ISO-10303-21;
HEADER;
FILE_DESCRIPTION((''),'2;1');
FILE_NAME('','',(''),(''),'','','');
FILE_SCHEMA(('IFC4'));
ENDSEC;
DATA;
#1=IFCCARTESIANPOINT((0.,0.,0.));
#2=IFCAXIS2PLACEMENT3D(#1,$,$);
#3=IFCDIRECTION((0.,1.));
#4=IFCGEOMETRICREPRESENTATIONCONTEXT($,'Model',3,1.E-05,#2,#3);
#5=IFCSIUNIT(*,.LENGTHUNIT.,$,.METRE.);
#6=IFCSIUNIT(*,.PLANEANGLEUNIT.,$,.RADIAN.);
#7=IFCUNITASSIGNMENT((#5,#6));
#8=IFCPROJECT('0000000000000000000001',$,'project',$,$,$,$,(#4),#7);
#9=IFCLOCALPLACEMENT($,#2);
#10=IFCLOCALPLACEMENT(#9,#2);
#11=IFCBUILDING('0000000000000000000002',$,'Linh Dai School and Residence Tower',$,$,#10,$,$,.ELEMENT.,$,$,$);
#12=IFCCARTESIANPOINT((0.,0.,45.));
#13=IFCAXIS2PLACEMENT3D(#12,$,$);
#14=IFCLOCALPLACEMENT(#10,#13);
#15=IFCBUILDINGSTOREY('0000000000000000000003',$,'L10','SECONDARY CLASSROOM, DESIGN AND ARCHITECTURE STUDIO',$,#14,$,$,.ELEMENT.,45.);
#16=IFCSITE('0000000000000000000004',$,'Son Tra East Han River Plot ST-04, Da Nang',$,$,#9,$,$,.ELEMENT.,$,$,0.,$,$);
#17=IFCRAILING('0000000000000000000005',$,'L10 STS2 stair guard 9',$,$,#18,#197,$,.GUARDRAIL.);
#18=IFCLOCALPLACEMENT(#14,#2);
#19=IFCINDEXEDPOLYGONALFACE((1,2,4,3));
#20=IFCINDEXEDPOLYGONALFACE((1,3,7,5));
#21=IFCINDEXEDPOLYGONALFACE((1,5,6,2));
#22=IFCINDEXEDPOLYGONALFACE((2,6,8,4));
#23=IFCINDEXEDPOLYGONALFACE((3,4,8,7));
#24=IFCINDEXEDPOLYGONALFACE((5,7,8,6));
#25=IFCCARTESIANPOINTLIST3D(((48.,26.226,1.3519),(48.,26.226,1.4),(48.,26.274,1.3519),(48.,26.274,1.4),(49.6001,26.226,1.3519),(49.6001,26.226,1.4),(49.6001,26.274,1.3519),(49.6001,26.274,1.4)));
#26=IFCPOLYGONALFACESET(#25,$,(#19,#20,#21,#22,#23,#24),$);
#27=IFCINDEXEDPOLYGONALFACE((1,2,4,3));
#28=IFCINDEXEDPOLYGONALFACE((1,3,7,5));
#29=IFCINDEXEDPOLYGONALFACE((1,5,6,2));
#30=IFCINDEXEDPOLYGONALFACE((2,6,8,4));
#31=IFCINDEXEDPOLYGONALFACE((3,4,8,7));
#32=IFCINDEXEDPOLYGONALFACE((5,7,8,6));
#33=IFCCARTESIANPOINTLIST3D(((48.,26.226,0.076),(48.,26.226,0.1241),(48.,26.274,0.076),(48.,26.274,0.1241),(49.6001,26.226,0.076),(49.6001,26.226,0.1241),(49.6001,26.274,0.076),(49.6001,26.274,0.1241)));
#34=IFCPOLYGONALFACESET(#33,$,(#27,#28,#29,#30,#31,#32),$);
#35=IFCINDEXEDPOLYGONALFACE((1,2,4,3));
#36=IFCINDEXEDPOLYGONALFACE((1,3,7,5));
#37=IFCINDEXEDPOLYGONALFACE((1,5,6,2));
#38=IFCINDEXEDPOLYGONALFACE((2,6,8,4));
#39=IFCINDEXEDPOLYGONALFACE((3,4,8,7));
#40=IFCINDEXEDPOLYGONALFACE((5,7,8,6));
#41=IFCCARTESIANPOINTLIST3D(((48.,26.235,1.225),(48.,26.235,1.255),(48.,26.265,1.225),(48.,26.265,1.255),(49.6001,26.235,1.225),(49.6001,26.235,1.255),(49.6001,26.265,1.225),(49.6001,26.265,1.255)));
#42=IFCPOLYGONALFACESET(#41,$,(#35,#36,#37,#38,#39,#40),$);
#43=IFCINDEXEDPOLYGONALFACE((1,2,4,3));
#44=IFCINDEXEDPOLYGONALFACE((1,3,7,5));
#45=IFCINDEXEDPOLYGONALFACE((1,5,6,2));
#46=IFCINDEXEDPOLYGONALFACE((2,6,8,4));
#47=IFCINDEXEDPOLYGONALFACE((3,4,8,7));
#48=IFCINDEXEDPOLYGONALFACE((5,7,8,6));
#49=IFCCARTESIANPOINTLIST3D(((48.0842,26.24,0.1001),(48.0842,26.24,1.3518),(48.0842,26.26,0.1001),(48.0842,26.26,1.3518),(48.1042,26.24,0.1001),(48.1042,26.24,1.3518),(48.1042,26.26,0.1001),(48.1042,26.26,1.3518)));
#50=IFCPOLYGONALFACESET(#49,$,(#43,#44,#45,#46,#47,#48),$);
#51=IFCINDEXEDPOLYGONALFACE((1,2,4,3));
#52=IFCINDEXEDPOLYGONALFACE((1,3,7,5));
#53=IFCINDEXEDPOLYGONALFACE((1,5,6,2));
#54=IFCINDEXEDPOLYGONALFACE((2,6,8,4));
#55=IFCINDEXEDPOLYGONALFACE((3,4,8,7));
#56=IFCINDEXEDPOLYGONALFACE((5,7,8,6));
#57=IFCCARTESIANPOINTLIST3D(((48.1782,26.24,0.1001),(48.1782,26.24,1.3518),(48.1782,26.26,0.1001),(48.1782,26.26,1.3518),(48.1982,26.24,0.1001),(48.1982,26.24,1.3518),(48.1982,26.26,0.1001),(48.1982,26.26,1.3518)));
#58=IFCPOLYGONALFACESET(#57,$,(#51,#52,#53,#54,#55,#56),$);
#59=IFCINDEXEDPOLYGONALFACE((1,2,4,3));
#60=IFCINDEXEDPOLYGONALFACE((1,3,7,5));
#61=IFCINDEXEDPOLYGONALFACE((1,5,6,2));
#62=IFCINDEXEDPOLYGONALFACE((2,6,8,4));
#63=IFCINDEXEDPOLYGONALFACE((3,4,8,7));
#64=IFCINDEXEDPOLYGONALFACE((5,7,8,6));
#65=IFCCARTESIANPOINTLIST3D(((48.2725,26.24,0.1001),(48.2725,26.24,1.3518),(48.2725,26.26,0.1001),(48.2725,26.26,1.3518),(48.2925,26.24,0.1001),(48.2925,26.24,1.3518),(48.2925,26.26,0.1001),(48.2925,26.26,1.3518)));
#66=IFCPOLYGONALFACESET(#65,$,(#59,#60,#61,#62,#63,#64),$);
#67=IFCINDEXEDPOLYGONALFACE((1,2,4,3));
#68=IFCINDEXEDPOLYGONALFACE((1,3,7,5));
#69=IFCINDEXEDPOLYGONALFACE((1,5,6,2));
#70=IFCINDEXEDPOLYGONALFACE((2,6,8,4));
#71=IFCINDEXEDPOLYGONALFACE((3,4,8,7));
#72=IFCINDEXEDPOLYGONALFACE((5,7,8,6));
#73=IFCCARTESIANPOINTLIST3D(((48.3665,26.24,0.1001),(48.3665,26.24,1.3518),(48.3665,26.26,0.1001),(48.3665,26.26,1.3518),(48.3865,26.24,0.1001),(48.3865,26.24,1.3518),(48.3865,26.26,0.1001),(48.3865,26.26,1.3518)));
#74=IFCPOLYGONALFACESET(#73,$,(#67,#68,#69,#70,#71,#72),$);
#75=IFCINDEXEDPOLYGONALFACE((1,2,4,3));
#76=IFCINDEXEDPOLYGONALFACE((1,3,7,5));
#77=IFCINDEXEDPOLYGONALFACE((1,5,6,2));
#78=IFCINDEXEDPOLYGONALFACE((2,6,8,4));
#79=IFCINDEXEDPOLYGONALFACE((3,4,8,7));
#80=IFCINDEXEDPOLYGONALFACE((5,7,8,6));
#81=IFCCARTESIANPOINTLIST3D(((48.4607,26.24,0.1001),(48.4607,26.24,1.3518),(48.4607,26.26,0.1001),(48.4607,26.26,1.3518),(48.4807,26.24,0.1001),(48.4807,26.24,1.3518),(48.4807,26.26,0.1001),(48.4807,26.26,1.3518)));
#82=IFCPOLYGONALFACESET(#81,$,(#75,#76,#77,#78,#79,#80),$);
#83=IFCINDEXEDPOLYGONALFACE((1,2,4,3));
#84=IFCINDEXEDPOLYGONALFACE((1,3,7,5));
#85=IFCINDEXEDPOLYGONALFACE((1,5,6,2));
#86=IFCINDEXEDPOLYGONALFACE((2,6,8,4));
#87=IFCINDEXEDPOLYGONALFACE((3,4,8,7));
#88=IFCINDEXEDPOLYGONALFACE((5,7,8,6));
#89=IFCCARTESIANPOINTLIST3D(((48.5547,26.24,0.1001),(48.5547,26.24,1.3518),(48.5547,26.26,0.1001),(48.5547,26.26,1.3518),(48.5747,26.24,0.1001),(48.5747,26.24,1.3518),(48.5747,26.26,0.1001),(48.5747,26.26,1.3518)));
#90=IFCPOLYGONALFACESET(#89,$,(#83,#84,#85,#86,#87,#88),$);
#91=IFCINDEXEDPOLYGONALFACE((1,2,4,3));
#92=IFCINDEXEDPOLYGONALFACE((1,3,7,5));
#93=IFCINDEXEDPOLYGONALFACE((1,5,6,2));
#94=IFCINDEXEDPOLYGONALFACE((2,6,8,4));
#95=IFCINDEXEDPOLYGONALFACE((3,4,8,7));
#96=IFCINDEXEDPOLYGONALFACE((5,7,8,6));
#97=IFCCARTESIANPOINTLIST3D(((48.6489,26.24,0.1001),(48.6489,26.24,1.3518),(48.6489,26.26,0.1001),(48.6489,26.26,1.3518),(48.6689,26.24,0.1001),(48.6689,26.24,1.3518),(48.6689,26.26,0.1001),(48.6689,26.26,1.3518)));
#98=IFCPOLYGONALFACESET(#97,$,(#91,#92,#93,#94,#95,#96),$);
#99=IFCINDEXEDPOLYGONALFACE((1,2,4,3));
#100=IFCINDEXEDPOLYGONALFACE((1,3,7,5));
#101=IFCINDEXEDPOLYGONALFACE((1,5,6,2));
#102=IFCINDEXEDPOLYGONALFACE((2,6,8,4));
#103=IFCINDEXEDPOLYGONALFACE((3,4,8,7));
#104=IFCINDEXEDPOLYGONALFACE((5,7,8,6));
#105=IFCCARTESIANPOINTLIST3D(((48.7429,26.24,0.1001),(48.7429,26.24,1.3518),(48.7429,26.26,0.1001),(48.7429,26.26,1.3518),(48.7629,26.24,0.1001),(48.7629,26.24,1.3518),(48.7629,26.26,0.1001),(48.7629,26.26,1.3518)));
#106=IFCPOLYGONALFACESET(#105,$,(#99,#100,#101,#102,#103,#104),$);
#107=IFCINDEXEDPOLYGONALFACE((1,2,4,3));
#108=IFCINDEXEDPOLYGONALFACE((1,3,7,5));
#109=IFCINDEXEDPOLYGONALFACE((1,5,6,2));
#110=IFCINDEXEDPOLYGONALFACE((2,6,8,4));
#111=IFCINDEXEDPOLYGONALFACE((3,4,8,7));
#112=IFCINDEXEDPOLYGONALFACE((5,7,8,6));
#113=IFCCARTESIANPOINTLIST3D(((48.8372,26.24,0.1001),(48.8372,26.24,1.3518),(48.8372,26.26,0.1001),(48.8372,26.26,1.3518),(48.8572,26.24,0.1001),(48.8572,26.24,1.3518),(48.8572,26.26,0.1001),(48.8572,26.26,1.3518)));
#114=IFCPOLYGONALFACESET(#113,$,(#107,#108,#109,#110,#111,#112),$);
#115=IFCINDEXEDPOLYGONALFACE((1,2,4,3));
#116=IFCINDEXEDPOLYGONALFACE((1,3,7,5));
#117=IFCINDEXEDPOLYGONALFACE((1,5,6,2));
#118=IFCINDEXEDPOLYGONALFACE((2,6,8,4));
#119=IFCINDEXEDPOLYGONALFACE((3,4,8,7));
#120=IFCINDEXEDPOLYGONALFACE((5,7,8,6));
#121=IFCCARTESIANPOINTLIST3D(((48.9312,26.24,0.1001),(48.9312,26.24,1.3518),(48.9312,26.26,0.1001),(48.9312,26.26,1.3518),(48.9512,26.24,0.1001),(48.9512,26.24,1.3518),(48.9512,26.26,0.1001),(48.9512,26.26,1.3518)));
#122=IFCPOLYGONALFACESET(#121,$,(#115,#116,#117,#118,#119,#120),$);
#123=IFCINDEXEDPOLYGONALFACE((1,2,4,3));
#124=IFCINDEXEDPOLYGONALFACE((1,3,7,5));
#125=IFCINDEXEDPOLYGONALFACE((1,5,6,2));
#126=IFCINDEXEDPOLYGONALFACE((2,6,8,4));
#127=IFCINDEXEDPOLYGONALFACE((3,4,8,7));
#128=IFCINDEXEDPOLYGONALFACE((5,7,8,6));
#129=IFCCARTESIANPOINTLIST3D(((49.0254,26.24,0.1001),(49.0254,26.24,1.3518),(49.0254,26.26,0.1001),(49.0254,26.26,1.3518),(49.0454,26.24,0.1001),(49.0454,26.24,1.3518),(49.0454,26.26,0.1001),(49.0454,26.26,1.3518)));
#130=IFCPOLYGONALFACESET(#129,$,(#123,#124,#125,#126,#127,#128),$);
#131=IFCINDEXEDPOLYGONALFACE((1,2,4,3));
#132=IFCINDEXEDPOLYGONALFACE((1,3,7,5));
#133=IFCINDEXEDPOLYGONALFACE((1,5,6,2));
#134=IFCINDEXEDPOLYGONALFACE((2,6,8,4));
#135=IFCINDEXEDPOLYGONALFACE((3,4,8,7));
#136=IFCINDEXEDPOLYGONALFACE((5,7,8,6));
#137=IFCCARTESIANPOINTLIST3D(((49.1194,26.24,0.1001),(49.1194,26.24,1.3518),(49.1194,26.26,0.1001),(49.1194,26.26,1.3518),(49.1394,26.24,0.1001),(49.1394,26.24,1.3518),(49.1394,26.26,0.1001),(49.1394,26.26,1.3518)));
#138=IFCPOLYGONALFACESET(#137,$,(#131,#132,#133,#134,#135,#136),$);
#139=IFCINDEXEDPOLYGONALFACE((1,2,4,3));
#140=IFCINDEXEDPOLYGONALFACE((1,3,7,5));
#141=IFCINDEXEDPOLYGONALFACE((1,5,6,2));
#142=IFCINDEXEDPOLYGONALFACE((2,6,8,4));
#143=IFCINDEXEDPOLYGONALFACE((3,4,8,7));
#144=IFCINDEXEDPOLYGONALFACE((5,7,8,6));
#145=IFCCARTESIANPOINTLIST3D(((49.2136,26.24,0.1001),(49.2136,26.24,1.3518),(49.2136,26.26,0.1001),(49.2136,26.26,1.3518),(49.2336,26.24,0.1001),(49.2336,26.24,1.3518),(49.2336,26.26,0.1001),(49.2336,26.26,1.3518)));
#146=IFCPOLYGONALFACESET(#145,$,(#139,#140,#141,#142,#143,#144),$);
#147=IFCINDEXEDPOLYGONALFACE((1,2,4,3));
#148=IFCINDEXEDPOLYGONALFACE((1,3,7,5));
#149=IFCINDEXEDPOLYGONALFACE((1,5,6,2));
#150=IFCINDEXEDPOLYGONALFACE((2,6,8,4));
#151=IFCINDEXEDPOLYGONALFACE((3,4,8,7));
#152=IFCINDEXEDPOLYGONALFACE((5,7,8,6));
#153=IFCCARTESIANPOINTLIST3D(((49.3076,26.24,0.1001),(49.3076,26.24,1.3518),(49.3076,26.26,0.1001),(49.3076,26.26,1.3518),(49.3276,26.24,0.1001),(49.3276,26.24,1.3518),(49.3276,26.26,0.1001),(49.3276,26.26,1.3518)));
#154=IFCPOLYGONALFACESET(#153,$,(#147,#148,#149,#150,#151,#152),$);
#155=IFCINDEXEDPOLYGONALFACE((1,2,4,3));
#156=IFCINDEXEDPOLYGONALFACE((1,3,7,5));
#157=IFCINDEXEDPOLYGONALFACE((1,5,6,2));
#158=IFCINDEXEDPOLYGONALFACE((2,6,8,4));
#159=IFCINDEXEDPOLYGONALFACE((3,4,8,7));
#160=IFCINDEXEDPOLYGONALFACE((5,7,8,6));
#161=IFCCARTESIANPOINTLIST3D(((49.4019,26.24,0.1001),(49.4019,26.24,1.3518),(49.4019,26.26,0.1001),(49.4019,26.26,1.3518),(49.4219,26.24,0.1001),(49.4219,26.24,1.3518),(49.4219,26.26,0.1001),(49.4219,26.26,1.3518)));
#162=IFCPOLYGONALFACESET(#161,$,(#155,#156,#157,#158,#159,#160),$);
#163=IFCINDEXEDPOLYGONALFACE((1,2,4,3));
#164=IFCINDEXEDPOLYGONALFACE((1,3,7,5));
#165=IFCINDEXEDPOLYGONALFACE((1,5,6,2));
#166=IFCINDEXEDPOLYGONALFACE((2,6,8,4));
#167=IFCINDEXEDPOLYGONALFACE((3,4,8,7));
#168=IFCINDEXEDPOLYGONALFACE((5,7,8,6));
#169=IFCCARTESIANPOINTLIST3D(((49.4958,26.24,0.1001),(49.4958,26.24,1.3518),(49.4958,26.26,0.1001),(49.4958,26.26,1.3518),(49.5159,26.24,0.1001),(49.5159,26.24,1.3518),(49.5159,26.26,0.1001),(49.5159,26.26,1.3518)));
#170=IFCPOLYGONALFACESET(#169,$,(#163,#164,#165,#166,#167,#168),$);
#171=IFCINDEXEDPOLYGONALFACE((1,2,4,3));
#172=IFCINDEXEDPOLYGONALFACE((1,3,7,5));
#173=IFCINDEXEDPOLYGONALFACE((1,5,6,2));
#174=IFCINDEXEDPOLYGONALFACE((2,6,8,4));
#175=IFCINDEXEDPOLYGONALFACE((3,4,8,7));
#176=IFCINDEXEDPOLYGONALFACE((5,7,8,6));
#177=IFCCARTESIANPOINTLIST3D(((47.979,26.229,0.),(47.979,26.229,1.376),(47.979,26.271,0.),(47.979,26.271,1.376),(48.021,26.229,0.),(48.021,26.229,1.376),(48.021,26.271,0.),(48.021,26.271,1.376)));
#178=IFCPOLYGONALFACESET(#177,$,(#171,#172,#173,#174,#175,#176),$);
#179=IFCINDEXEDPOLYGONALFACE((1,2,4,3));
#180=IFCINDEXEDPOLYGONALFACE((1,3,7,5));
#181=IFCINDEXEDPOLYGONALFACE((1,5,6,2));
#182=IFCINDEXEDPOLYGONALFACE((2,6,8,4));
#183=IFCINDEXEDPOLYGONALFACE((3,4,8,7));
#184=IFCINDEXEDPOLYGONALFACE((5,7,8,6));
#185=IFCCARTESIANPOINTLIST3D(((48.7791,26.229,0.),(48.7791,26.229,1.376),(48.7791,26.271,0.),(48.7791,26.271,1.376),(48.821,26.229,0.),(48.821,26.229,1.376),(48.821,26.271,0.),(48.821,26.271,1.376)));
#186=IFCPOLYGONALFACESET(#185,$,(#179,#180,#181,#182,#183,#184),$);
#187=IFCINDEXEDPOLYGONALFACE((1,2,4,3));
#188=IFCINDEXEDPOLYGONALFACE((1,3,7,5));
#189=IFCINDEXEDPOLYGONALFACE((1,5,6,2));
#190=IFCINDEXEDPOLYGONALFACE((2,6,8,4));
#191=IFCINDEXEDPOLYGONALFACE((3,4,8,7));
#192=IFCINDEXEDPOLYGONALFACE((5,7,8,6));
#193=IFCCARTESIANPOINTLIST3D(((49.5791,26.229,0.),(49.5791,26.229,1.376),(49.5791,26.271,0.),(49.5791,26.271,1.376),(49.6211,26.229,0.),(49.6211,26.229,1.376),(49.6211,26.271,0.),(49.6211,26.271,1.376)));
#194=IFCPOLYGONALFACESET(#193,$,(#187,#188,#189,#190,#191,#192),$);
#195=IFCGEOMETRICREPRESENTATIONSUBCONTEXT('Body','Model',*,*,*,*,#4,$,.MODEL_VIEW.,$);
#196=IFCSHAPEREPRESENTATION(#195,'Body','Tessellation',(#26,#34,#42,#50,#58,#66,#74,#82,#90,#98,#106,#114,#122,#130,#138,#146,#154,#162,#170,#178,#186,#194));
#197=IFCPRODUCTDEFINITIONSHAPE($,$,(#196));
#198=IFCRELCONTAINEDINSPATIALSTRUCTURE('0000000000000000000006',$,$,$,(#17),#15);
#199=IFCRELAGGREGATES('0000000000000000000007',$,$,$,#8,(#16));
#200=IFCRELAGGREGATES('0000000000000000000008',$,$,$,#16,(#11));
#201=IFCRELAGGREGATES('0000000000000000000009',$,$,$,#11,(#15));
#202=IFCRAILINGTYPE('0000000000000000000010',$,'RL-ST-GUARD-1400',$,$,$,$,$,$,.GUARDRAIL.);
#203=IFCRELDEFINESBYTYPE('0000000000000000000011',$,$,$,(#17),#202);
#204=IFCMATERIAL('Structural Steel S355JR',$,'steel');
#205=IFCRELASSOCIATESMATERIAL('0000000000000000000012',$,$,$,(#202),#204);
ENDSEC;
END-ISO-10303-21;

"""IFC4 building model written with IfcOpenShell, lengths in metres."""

from ifc_helpers import new_model, si_unit, direction, frame, origin, origin_2d, place, context, subcontext, project, spatial, rectangle, extrude, source, transform, mapped, material, type_object, element, save


model = new_model("IFC4")

# Units and contexts
model_context = context("Model", 3, precision=1e-05, world=origin(), true_north=direction((0.0, 1.0)))
body_context = subcontext(model_context, "Body", "Model", "MODEL_VIEW")
ifc_project = project(units=[si_unit("LENGTHUNIT", "METRE"), si_unit("PLANEANGLEUNIT", "RADIAN")], contexts=[model_context])

# Site, building, storey
site_placement = place(None, origin())
site = spatial("IfcSite", under=ifc_project, at=site_placement, Name="Son Tra East Han River Plot ST-04, Da Nang", CompositionType="ELEMENT", RefElevation=0.0)
building_placement = place(site_placement, origin())
building = spatial("IfcBuilding", under=site, at=building_placement, Name="Linh Dai School and Residence Tower", CompositionType="ELEMENT")
storey_placement = place(building_placement, frame((0.0, 0.0, 45.0)))
storey = spatial("IfcBuildingStorey", under=building, at=storey_placement, Name="L10", Description="SECONDARY CLASSROOM, DESIGN AND ARCHITECTURE STUDIO", CompositionType="ELEMENT", Elevation=45.0)

# Shared definitions
ifc_material_1 = material(Name="Structural Steel S355JR", Category="steel")

# Railing
railing_type_1 = type_object("IfcRailingType", Name="RL-ST-GUARD-1400", PredefinedType="GUARDRAIL", material=ifc_material_1)
shared_shape_1 = source(origin(), body_context, "Body", "SweptSolid", [
    extrude(rectangle(XDim=0.0481, YDim=0.0481, at=origin_2d()), frame((0.0, 0.0, 1.376), z_axis=(1.0, 0.0, 0.0), x_axis=(0.0, 1.0, 0.0)), (0.0, 0.0, 1.0), 1.6001),
    extrude(rectangle(XDim=0.0481, YDim=0.0481, at=origin_2d()), frame((0.0, 0.0, 0.1001), z_axis=(1.0, 0.0, 0.0), x_axis=(0.0, 1.0, 0.0)), (0.0, 0.0, 1.0), 1.6001),
    extrude(rectangle(XDim=0.03, YDim=0.03, at=origin_2d()), frame((0.0, 0.0, 1.24), z_axis=(1.0, 0.0, 0.0), x_axis=(0.0, 1.0, 0.0)), (0.0, 0.0, 1.0), 1.6001),
    extrude(rectangle(XDim=0.02, YDim=0.02, at=origin_2d()), frame((0.0942, 0.0, 0.1001)), (0.0, 0.0, 1.0), 1.2517),
    extrude(rectangle(XDim=0.02, YDim=0.02, at=origin_2d()), frame((0.1882, 0.0, 0.1001)), (0.0, 0.0, 1.0), 1.2517),
    extrude(rectangle(XDim=0.02, YDim=0.02, at=origin_2d()), frame((0.2825, 0.0, 0.1001)), (0.0, 0.0, 1.0), 1.2517),
    extrude(rectangle(XDim=0.02, YDim=0.02, at=origin_2d()), frame((0.3765, 0.0, 0.1001)), (0.0, 0.0, 1.0), 1.2517),
    extrude(rectangle(XDim=0.02, YDim=0.02, at=origin_2d()), frame((0.4707, 0.0, 0.1001)), (0.0, 0.0, 1.0), 1.2517),
    extrude(rectangle(XDim=0.02, YDim=0.02, at=origin_2d()), frame((0.5647, 0.0, 0.1001)), (0.0, 0.0, 1.0), 1.2517),
    extrude(rectangle(XDim=0.02, YDim=0.02, at=origin_2d()), frame((0.6589, 0.0, 0.1001)), (0.0, 0.0, 1.0), 1.2517),
    extrude(rectangle(XDim=0.02, YDim=0.02, at=origin_2d()), frame((0.7529, 0.0, 0.1001)), (0.0, 0.0, 1.0), 1.2517),
    extrude(rectangle(XDim=0.02, YDim=0.02, at=origin_2d()), frame((0.8472, 0.0, 0.1001)), (0.0, 0.0, 1.0), 1.2517),
    extrude(rectangle(XDim=0.02, YDim=0.02, at=origin_2d()), frame((0.9412, 0.0, 0.1001)), (0.0, 0.0, 1.0), 1.2517),
    extrude(rectangle(XDim=0.02, YDim=0.02, at=origin_2d()), frame((1.0354, 0.0, 0.1001)), (0.0, 0.0, 1.0), 1.2517),
    extrude(rectangle(XDim=0.02, YDim=0.02, at=origin_2d()), frame((1.1294, 0.0, 0.1001)), (0.0, 0.0, 1.0), 1.2517),
    extrude(rectangle(XDim=0.02, YDim=0.02, at=origin_2d()), frame((1.2236, 0.0, 0.1001)), (0.0, 0.0, 1.0), 1.2517),
    extrude(rectangle(XDim=0.02, YDim=0.02, at=origin_2d()), frame((1.3176, 0.0, 0.1001)), (0.0, 0.0, 1.0), 1.2517),
    extrude(rectangle(XDim=0.02, YDim=0.02, at=origin_2d()), frame((1.4119, 0.0, 0.1001)), (0.0, 0.0, 1.0), 1.2517),
    extrude(rectangle(XDim=0.02, YDim=0.02, at=origin_2d()), frame((1.5059, 0.0, 0.1001)), (0.0, 0.0, 1.0), 1.2517),
    extrude(rectangle(XDim=0.042, YDim=0.042, at=origin_2d()), origin(), (0.0, 0.0, 1.0), 1.376),
    extrude(rectangle(XDim=0.042, YDim=0.042, at=origin_2d()), frame((0.8, 0.0, 0.0)), (0.0, 0.0, 1.0), 1.376),
    extrude(rectangle(XDim=0.042, YDim=0.042, at=origin_2d()), frame((1.6001, 0.0, 0.0)), (0.0, 0.0, 1.0), 1.376),
])
railing_1_placement = place(storey_placement, frame((48.0, 26.25, 0.0)))
element("IfcRailing", 1, at=railing_1_placement, inside=storey, type_object=railing_type_1, Name="L10 STS2 stair guard 9", PredefinedType="GUARDRAIL", context=body_context, shape_type="MappedRepresentation", body=[
    mapped(shared_shape_1, transform((0.0, 0.0, 0.0), x_axis=(1.0, 0.0, 0.0), y_axis=(0.0, 1.0, 0.0), z_axis=(0.0, 0.0, 1.0), scale=1.0)),
])

save(model, "model.ifc")
